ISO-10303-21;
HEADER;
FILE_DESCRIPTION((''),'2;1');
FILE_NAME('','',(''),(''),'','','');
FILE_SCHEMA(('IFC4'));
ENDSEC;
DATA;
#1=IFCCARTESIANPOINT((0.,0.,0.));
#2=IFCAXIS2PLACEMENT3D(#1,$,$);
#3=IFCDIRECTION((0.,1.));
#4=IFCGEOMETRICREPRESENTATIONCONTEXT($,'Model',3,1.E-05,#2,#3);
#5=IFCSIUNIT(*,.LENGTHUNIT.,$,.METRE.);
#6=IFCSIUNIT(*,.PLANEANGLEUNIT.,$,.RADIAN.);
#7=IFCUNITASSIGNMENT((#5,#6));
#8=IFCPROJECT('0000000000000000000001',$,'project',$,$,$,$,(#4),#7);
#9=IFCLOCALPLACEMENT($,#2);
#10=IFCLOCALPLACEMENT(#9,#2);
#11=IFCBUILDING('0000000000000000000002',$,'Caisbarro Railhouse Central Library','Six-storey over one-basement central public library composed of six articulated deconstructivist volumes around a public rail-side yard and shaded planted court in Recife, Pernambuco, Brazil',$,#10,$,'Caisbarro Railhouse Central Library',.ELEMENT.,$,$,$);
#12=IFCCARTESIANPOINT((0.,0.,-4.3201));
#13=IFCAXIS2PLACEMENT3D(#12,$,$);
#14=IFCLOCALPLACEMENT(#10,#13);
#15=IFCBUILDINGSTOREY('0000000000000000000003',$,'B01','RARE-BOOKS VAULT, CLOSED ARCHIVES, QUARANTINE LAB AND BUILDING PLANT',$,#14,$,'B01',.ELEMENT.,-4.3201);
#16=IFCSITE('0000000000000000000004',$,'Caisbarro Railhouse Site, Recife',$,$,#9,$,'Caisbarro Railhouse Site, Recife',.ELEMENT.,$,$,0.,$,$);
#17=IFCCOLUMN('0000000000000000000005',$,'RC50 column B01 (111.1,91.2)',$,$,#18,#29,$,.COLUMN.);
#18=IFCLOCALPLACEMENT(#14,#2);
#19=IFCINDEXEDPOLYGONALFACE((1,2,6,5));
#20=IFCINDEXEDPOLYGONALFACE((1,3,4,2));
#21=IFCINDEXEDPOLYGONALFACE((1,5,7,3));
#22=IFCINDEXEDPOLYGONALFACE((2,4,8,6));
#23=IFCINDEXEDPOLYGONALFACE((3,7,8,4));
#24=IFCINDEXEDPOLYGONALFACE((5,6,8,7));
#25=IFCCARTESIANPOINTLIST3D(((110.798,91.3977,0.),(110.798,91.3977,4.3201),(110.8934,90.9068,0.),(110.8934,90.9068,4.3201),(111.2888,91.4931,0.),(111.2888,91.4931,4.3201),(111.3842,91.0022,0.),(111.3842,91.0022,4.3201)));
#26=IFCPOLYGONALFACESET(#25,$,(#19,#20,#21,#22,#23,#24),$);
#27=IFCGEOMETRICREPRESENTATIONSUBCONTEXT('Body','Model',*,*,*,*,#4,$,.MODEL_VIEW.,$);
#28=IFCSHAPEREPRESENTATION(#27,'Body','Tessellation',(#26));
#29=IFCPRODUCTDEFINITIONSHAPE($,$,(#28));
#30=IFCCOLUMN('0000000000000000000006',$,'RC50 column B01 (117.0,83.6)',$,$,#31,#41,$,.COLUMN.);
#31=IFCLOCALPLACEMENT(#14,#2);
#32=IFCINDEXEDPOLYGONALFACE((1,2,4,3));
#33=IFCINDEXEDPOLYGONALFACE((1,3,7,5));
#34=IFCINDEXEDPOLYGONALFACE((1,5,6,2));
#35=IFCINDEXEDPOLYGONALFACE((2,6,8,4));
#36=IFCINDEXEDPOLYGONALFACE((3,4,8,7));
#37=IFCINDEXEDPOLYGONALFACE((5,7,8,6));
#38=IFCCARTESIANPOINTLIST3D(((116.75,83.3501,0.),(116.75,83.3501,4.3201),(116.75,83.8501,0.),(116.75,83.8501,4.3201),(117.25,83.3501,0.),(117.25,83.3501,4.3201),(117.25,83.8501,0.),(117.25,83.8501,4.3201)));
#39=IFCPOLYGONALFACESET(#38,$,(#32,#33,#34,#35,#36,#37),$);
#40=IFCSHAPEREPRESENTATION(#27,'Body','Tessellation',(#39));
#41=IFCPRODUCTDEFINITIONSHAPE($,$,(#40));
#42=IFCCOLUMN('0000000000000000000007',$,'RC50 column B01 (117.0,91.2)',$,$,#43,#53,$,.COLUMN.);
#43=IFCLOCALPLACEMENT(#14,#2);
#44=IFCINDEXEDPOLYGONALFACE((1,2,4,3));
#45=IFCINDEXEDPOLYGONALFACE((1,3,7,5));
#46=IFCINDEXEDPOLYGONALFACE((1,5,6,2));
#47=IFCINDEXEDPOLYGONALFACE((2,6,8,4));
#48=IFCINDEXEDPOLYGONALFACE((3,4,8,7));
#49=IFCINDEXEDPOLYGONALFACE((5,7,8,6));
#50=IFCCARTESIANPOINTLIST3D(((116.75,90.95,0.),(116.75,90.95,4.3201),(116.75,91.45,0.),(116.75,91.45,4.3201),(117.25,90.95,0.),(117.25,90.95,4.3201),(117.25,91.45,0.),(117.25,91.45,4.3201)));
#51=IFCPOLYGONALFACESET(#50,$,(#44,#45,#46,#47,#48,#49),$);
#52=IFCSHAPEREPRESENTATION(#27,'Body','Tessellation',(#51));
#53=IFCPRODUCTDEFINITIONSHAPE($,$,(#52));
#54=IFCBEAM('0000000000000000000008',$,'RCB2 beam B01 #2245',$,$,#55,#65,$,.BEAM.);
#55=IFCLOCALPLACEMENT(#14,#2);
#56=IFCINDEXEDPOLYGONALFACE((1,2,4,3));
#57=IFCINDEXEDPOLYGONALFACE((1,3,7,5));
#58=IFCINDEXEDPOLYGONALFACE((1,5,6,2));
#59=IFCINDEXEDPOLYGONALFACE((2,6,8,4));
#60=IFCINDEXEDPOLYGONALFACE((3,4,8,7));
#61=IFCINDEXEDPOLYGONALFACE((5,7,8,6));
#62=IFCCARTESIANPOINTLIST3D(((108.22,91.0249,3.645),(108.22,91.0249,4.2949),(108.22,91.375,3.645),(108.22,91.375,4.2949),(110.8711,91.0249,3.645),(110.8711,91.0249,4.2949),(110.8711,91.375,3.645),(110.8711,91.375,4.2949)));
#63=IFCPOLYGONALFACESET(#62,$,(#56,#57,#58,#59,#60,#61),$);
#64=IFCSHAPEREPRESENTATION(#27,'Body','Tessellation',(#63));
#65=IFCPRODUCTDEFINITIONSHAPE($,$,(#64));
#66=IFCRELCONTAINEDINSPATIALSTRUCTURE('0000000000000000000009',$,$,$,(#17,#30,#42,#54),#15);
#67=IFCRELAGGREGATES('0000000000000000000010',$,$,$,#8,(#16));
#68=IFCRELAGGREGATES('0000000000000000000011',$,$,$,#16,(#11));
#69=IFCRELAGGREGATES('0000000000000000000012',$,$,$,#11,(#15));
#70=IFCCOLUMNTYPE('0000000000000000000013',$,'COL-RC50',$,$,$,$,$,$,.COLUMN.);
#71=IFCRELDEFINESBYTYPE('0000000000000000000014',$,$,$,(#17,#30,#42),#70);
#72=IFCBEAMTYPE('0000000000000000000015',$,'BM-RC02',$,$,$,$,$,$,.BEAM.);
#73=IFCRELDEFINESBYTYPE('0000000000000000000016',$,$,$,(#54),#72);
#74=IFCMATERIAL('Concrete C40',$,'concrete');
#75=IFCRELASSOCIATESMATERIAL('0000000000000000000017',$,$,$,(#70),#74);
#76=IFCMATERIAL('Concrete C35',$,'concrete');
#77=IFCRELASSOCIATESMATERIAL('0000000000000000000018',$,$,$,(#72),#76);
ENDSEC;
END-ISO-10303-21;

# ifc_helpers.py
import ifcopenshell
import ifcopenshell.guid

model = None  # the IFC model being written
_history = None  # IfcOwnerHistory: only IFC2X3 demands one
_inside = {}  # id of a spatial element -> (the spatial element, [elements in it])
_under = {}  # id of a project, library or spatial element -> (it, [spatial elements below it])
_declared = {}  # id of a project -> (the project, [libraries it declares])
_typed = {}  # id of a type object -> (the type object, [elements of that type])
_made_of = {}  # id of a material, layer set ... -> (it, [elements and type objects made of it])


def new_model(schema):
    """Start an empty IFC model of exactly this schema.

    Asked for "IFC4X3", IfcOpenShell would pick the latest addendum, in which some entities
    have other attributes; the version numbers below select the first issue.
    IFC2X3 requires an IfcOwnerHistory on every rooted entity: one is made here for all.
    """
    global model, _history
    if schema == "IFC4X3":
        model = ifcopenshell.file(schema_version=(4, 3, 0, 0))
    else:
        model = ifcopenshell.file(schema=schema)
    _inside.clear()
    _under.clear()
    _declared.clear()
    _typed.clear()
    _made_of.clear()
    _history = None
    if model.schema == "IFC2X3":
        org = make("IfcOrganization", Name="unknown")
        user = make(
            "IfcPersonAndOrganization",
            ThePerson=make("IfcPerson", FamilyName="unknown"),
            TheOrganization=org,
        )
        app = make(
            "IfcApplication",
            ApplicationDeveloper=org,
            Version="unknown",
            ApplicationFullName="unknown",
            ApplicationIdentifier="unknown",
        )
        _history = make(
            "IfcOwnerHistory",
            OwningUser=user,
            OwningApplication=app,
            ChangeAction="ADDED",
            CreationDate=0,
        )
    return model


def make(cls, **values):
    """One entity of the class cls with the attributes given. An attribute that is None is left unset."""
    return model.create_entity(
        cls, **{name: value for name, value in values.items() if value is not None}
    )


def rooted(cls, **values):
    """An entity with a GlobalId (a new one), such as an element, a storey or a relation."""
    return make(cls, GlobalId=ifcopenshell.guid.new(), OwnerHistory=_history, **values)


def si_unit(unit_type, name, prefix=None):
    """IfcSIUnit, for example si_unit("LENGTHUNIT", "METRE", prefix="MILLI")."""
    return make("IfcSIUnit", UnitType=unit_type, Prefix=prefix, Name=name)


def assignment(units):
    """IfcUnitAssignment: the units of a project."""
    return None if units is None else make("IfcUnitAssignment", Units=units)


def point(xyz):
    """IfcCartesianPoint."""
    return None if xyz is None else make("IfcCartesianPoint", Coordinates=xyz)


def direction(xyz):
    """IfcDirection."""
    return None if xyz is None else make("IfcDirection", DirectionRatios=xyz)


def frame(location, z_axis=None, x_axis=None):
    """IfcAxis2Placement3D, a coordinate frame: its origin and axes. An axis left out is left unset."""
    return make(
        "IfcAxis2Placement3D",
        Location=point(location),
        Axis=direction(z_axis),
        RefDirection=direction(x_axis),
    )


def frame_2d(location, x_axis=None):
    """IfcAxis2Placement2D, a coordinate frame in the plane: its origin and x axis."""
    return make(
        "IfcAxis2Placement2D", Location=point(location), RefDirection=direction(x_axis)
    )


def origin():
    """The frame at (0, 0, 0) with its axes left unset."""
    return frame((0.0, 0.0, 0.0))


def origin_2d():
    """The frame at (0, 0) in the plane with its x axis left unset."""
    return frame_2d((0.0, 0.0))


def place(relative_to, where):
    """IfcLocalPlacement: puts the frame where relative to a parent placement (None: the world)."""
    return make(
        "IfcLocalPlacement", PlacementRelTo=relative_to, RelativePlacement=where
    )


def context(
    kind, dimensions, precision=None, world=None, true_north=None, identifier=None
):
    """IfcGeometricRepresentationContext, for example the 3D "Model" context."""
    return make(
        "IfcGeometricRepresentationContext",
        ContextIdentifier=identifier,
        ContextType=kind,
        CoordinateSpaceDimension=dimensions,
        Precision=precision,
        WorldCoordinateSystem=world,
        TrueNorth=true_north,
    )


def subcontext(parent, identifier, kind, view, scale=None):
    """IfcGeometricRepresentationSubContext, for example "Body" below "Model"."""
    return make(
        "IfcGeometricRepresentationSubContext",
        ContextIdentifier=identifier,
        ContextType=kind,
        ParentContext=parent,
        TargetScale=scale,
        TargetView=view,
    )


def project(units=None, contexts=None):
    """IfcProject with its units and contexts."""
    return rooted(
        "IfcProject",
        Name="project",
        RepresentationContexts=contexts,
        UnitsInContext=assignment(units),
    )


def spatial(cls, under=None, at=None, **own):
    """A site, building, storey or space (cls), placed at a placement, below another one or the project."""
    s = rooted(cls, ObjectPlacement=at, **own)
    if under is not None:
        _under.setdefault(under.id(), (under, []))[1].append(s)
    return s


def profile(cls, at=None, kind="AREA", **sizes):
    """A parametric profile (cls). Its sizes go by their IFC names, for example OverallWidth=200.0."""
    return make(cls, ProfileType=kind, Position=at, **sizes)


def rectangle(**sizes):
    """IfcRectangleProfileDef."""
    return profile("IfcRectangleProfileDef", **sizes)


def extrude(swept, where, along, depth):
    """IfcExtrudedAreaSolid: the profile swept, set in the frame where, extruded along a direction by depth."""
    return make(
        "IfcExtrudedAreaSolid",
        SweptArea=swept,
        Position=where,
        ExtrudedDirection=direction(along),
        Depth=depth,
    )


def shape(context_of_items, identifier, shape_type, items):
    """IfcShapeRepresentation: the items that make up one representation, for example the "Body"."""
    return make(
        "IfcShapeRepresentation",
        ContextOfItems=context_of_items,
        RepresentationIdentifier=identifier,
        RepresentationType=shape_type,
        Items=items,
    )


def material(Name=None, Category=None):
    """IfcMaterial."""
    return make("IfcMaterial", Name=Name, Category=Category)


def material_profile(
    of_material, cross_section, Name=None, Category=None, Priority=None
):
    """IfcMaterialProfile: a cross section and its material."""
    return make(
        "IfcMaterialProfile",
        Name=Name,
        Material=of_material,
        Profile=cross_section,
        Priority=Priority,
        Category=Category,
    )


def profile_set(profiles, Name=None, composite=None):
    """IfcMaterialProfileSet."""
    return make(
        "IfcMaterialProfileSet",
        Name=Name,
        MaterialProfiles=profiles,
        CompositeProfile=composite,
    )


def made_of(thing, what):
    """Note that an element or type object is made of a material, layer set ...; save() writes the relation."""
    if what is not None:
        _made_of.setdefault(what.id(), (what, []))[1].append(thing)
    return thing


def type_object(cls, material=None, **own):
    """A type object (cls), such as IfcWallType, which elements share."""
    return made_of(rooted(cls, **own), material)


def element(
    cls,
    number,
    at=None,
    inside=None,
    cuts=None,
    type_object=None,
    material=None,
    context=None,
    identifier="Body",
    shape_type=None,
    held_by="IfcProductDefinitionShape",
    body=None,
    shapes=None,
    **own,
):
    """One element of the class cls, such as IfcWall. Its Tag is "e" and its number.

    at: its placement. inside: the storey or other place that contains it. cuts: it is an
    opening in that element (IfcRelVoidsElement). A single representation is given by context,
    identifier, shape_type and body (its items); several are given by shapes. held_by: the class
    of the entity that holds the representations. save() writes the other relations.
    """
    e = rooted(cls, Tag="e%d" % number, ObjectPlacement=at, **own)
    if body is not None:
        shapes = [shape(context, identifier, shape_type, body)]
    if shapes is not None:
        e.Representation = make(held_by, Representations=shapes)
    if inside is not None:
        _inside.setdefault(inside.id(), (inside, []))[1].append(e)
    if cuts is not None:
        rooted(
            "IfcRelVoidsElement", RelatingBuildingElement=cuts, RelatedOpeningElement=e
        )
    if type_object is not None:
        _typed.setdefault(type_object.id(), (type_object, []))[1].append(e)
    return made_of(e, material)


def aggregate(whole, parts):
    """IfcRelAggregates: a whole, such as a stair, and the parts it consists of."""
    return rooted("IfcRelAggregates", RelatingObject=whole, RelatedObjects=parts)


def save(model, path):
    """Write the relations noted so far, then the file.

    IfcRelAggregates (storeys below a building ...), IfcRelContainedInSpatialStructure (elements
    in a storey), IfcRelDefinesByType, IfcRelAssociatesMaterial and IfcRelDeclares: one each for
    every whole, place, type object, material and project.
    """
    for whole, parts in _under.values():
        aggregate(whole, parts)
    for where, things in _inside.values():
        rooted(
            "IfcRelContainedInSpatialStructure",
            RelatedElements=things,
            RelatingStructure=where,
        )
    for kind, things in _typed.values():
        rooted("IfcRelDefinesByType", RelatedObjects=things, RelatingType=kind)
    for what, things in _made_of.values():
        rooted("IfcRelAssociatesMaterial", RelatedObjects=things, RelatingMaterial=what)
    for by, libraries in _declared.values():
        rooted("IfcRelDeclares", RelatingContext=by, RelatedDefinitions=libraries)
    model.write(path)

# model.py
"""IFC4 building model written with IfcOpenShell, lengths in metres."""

from ifc_helpers import new_model, si_unit, direction, frame, origin, origin_2d, place, context, subcontext, project, spatial, rectangle, extrude, material, material_profile, profile_set, type_object, element, save


model = new_model("IFC4")

# Units and contexts
model_context = context("Model", 3, precision=1e-05, world=origin(), true_north=direction((0.0, 1.0)))
body_context = subcontext(model_context, "Body", "Model", "MODEL_VIEW")
ifc_project = project(units=[si_unit("LENGTHUNIT", "METRE"), si_unit("PLANEANGLEUNIT", "RADIAN")], contexts=[model_context])

# Site, building, storey
site_placement = place(None, origin())
site = spatial("IfcSite", under=ifc_project, at=site_placement, Name="Caisbarro Railhouse Site, Recife", LongName="Caisbarro Railhouse Site, Recife", CompositionType="ELEMENT", RefElevation=0.0)
building_placement = place(site_placement, origin())
building = spatial("IfcBuilding", under=site, at=building_placement, Name="Caisbarro Railhouse Central Library", Description="Six-storey over one-basement central public library composed of six articulated deconstructivist volumes around a public rail-side yard and shaded planted court in Recife, Pernambuco, Brazil", LongName="Caisbarro Railhouse Central Library", CompositionType="ELEMENT")
storey_placement = place(building_placement, frame((0.0, 0.0, -4.3201)))
storey = spatial("IfcBuildingStorey", under=building, at=storey_placement, Name="B01", Description="RARE-BOOKS VAULT, CLOSED ARCHIVES, QUARANTINE LAB AND BUILDING PLANT", LongName="B01", CompositionType="ELEMENT", Elevation=-4.3201)

# Shared definitions
ifc_material_1 = material(Name="Concrete C35", Category="concrete")
ifc_material_2 = material(Name="Concrete C40", Category="concrete")

# Columns
ifc_material_profile_1 = material_profile(ifc_material_2, rectangle(XDim=0.5, YDim=0.5, at=origin_2d()), Name="RC-COL-500X500")
ifc_profile_set_1 = profile_set([ifc_material_profile_1], Name="Concrete C40")
column_type = type_object("IfcColumnType", Name="COL-RC50", PredefinedType="COLUMN", material=ifc_profile_set_1)
for number, where, z_axis, x_axis, name in (
    (1, (111.0911, 91.2, 0.0), (0.0, 0.0, 1.0), (0.981627, 0.190809, 0.0), "RC50 column B01 (111.1,91.2)"),
    (2, (117.0, 83.6001, 0.0), (0.0, 0.0, 1.0), (1.0, 0.0, 0.0), "RC50 column B01 (117.0,83.6)"),
    (3, (117.0, 91.2, 0.0), (0.0, 0.0, 1.0), (1.0, 0.0, 0.0), "RC50 column B01 (117.0,91.2)"),
):
    element("IfcColumn", number, at=place(storey_placement, frame(where, z_axis=z_axis, x_axis=x_axis)), inside=storey, type_object=column_type, Name=name, PredefinedType="COLUMN", context=body_context, shape_type="SweptSolid", body=[
        extrude(rectangle(XDim=0.5, YDim=0.5, at=origin_2d()), origin(), (0.0, 0.0, 1.0), 4.3201),
    ])

# Beam
ifc_material_profile_2 = material_profile(ifc_material_1, rectangle(XDim=0.3501, YDim=0.6499, at=origin_2d()), Name="RC-BM-350X650")
ifc_profile_set_2 = profile_set([ifc_material_profile_2], Name="Concrete C35")
beam_type = type_object("IfcBeamType", Name="BM-RC02", PredefinedType="BEAM", material=ifc_profile_set_2)
beam_placement = place(storey_placement, frame((108.22, 91.2, 3.97), z_axis=(1.0, 0.0, 0.0), x_axis=(0.0, 1.0, 0.0)))
element("IfcBeam", 4, at=beam_placement, inside=storey, type_object=beam_type, Name="RCB2 beam B01 #2245", PredefinedType="BEAM", context=body_context, shape_type="SweptSolid", body=[
    extrude(rectangle(XDim=0.3501, YDim=0.6499, at=origin_2d()), origin(), (0.0, 0.0, 1.0), 2.6511),
])

save(model, "model.ifc")
